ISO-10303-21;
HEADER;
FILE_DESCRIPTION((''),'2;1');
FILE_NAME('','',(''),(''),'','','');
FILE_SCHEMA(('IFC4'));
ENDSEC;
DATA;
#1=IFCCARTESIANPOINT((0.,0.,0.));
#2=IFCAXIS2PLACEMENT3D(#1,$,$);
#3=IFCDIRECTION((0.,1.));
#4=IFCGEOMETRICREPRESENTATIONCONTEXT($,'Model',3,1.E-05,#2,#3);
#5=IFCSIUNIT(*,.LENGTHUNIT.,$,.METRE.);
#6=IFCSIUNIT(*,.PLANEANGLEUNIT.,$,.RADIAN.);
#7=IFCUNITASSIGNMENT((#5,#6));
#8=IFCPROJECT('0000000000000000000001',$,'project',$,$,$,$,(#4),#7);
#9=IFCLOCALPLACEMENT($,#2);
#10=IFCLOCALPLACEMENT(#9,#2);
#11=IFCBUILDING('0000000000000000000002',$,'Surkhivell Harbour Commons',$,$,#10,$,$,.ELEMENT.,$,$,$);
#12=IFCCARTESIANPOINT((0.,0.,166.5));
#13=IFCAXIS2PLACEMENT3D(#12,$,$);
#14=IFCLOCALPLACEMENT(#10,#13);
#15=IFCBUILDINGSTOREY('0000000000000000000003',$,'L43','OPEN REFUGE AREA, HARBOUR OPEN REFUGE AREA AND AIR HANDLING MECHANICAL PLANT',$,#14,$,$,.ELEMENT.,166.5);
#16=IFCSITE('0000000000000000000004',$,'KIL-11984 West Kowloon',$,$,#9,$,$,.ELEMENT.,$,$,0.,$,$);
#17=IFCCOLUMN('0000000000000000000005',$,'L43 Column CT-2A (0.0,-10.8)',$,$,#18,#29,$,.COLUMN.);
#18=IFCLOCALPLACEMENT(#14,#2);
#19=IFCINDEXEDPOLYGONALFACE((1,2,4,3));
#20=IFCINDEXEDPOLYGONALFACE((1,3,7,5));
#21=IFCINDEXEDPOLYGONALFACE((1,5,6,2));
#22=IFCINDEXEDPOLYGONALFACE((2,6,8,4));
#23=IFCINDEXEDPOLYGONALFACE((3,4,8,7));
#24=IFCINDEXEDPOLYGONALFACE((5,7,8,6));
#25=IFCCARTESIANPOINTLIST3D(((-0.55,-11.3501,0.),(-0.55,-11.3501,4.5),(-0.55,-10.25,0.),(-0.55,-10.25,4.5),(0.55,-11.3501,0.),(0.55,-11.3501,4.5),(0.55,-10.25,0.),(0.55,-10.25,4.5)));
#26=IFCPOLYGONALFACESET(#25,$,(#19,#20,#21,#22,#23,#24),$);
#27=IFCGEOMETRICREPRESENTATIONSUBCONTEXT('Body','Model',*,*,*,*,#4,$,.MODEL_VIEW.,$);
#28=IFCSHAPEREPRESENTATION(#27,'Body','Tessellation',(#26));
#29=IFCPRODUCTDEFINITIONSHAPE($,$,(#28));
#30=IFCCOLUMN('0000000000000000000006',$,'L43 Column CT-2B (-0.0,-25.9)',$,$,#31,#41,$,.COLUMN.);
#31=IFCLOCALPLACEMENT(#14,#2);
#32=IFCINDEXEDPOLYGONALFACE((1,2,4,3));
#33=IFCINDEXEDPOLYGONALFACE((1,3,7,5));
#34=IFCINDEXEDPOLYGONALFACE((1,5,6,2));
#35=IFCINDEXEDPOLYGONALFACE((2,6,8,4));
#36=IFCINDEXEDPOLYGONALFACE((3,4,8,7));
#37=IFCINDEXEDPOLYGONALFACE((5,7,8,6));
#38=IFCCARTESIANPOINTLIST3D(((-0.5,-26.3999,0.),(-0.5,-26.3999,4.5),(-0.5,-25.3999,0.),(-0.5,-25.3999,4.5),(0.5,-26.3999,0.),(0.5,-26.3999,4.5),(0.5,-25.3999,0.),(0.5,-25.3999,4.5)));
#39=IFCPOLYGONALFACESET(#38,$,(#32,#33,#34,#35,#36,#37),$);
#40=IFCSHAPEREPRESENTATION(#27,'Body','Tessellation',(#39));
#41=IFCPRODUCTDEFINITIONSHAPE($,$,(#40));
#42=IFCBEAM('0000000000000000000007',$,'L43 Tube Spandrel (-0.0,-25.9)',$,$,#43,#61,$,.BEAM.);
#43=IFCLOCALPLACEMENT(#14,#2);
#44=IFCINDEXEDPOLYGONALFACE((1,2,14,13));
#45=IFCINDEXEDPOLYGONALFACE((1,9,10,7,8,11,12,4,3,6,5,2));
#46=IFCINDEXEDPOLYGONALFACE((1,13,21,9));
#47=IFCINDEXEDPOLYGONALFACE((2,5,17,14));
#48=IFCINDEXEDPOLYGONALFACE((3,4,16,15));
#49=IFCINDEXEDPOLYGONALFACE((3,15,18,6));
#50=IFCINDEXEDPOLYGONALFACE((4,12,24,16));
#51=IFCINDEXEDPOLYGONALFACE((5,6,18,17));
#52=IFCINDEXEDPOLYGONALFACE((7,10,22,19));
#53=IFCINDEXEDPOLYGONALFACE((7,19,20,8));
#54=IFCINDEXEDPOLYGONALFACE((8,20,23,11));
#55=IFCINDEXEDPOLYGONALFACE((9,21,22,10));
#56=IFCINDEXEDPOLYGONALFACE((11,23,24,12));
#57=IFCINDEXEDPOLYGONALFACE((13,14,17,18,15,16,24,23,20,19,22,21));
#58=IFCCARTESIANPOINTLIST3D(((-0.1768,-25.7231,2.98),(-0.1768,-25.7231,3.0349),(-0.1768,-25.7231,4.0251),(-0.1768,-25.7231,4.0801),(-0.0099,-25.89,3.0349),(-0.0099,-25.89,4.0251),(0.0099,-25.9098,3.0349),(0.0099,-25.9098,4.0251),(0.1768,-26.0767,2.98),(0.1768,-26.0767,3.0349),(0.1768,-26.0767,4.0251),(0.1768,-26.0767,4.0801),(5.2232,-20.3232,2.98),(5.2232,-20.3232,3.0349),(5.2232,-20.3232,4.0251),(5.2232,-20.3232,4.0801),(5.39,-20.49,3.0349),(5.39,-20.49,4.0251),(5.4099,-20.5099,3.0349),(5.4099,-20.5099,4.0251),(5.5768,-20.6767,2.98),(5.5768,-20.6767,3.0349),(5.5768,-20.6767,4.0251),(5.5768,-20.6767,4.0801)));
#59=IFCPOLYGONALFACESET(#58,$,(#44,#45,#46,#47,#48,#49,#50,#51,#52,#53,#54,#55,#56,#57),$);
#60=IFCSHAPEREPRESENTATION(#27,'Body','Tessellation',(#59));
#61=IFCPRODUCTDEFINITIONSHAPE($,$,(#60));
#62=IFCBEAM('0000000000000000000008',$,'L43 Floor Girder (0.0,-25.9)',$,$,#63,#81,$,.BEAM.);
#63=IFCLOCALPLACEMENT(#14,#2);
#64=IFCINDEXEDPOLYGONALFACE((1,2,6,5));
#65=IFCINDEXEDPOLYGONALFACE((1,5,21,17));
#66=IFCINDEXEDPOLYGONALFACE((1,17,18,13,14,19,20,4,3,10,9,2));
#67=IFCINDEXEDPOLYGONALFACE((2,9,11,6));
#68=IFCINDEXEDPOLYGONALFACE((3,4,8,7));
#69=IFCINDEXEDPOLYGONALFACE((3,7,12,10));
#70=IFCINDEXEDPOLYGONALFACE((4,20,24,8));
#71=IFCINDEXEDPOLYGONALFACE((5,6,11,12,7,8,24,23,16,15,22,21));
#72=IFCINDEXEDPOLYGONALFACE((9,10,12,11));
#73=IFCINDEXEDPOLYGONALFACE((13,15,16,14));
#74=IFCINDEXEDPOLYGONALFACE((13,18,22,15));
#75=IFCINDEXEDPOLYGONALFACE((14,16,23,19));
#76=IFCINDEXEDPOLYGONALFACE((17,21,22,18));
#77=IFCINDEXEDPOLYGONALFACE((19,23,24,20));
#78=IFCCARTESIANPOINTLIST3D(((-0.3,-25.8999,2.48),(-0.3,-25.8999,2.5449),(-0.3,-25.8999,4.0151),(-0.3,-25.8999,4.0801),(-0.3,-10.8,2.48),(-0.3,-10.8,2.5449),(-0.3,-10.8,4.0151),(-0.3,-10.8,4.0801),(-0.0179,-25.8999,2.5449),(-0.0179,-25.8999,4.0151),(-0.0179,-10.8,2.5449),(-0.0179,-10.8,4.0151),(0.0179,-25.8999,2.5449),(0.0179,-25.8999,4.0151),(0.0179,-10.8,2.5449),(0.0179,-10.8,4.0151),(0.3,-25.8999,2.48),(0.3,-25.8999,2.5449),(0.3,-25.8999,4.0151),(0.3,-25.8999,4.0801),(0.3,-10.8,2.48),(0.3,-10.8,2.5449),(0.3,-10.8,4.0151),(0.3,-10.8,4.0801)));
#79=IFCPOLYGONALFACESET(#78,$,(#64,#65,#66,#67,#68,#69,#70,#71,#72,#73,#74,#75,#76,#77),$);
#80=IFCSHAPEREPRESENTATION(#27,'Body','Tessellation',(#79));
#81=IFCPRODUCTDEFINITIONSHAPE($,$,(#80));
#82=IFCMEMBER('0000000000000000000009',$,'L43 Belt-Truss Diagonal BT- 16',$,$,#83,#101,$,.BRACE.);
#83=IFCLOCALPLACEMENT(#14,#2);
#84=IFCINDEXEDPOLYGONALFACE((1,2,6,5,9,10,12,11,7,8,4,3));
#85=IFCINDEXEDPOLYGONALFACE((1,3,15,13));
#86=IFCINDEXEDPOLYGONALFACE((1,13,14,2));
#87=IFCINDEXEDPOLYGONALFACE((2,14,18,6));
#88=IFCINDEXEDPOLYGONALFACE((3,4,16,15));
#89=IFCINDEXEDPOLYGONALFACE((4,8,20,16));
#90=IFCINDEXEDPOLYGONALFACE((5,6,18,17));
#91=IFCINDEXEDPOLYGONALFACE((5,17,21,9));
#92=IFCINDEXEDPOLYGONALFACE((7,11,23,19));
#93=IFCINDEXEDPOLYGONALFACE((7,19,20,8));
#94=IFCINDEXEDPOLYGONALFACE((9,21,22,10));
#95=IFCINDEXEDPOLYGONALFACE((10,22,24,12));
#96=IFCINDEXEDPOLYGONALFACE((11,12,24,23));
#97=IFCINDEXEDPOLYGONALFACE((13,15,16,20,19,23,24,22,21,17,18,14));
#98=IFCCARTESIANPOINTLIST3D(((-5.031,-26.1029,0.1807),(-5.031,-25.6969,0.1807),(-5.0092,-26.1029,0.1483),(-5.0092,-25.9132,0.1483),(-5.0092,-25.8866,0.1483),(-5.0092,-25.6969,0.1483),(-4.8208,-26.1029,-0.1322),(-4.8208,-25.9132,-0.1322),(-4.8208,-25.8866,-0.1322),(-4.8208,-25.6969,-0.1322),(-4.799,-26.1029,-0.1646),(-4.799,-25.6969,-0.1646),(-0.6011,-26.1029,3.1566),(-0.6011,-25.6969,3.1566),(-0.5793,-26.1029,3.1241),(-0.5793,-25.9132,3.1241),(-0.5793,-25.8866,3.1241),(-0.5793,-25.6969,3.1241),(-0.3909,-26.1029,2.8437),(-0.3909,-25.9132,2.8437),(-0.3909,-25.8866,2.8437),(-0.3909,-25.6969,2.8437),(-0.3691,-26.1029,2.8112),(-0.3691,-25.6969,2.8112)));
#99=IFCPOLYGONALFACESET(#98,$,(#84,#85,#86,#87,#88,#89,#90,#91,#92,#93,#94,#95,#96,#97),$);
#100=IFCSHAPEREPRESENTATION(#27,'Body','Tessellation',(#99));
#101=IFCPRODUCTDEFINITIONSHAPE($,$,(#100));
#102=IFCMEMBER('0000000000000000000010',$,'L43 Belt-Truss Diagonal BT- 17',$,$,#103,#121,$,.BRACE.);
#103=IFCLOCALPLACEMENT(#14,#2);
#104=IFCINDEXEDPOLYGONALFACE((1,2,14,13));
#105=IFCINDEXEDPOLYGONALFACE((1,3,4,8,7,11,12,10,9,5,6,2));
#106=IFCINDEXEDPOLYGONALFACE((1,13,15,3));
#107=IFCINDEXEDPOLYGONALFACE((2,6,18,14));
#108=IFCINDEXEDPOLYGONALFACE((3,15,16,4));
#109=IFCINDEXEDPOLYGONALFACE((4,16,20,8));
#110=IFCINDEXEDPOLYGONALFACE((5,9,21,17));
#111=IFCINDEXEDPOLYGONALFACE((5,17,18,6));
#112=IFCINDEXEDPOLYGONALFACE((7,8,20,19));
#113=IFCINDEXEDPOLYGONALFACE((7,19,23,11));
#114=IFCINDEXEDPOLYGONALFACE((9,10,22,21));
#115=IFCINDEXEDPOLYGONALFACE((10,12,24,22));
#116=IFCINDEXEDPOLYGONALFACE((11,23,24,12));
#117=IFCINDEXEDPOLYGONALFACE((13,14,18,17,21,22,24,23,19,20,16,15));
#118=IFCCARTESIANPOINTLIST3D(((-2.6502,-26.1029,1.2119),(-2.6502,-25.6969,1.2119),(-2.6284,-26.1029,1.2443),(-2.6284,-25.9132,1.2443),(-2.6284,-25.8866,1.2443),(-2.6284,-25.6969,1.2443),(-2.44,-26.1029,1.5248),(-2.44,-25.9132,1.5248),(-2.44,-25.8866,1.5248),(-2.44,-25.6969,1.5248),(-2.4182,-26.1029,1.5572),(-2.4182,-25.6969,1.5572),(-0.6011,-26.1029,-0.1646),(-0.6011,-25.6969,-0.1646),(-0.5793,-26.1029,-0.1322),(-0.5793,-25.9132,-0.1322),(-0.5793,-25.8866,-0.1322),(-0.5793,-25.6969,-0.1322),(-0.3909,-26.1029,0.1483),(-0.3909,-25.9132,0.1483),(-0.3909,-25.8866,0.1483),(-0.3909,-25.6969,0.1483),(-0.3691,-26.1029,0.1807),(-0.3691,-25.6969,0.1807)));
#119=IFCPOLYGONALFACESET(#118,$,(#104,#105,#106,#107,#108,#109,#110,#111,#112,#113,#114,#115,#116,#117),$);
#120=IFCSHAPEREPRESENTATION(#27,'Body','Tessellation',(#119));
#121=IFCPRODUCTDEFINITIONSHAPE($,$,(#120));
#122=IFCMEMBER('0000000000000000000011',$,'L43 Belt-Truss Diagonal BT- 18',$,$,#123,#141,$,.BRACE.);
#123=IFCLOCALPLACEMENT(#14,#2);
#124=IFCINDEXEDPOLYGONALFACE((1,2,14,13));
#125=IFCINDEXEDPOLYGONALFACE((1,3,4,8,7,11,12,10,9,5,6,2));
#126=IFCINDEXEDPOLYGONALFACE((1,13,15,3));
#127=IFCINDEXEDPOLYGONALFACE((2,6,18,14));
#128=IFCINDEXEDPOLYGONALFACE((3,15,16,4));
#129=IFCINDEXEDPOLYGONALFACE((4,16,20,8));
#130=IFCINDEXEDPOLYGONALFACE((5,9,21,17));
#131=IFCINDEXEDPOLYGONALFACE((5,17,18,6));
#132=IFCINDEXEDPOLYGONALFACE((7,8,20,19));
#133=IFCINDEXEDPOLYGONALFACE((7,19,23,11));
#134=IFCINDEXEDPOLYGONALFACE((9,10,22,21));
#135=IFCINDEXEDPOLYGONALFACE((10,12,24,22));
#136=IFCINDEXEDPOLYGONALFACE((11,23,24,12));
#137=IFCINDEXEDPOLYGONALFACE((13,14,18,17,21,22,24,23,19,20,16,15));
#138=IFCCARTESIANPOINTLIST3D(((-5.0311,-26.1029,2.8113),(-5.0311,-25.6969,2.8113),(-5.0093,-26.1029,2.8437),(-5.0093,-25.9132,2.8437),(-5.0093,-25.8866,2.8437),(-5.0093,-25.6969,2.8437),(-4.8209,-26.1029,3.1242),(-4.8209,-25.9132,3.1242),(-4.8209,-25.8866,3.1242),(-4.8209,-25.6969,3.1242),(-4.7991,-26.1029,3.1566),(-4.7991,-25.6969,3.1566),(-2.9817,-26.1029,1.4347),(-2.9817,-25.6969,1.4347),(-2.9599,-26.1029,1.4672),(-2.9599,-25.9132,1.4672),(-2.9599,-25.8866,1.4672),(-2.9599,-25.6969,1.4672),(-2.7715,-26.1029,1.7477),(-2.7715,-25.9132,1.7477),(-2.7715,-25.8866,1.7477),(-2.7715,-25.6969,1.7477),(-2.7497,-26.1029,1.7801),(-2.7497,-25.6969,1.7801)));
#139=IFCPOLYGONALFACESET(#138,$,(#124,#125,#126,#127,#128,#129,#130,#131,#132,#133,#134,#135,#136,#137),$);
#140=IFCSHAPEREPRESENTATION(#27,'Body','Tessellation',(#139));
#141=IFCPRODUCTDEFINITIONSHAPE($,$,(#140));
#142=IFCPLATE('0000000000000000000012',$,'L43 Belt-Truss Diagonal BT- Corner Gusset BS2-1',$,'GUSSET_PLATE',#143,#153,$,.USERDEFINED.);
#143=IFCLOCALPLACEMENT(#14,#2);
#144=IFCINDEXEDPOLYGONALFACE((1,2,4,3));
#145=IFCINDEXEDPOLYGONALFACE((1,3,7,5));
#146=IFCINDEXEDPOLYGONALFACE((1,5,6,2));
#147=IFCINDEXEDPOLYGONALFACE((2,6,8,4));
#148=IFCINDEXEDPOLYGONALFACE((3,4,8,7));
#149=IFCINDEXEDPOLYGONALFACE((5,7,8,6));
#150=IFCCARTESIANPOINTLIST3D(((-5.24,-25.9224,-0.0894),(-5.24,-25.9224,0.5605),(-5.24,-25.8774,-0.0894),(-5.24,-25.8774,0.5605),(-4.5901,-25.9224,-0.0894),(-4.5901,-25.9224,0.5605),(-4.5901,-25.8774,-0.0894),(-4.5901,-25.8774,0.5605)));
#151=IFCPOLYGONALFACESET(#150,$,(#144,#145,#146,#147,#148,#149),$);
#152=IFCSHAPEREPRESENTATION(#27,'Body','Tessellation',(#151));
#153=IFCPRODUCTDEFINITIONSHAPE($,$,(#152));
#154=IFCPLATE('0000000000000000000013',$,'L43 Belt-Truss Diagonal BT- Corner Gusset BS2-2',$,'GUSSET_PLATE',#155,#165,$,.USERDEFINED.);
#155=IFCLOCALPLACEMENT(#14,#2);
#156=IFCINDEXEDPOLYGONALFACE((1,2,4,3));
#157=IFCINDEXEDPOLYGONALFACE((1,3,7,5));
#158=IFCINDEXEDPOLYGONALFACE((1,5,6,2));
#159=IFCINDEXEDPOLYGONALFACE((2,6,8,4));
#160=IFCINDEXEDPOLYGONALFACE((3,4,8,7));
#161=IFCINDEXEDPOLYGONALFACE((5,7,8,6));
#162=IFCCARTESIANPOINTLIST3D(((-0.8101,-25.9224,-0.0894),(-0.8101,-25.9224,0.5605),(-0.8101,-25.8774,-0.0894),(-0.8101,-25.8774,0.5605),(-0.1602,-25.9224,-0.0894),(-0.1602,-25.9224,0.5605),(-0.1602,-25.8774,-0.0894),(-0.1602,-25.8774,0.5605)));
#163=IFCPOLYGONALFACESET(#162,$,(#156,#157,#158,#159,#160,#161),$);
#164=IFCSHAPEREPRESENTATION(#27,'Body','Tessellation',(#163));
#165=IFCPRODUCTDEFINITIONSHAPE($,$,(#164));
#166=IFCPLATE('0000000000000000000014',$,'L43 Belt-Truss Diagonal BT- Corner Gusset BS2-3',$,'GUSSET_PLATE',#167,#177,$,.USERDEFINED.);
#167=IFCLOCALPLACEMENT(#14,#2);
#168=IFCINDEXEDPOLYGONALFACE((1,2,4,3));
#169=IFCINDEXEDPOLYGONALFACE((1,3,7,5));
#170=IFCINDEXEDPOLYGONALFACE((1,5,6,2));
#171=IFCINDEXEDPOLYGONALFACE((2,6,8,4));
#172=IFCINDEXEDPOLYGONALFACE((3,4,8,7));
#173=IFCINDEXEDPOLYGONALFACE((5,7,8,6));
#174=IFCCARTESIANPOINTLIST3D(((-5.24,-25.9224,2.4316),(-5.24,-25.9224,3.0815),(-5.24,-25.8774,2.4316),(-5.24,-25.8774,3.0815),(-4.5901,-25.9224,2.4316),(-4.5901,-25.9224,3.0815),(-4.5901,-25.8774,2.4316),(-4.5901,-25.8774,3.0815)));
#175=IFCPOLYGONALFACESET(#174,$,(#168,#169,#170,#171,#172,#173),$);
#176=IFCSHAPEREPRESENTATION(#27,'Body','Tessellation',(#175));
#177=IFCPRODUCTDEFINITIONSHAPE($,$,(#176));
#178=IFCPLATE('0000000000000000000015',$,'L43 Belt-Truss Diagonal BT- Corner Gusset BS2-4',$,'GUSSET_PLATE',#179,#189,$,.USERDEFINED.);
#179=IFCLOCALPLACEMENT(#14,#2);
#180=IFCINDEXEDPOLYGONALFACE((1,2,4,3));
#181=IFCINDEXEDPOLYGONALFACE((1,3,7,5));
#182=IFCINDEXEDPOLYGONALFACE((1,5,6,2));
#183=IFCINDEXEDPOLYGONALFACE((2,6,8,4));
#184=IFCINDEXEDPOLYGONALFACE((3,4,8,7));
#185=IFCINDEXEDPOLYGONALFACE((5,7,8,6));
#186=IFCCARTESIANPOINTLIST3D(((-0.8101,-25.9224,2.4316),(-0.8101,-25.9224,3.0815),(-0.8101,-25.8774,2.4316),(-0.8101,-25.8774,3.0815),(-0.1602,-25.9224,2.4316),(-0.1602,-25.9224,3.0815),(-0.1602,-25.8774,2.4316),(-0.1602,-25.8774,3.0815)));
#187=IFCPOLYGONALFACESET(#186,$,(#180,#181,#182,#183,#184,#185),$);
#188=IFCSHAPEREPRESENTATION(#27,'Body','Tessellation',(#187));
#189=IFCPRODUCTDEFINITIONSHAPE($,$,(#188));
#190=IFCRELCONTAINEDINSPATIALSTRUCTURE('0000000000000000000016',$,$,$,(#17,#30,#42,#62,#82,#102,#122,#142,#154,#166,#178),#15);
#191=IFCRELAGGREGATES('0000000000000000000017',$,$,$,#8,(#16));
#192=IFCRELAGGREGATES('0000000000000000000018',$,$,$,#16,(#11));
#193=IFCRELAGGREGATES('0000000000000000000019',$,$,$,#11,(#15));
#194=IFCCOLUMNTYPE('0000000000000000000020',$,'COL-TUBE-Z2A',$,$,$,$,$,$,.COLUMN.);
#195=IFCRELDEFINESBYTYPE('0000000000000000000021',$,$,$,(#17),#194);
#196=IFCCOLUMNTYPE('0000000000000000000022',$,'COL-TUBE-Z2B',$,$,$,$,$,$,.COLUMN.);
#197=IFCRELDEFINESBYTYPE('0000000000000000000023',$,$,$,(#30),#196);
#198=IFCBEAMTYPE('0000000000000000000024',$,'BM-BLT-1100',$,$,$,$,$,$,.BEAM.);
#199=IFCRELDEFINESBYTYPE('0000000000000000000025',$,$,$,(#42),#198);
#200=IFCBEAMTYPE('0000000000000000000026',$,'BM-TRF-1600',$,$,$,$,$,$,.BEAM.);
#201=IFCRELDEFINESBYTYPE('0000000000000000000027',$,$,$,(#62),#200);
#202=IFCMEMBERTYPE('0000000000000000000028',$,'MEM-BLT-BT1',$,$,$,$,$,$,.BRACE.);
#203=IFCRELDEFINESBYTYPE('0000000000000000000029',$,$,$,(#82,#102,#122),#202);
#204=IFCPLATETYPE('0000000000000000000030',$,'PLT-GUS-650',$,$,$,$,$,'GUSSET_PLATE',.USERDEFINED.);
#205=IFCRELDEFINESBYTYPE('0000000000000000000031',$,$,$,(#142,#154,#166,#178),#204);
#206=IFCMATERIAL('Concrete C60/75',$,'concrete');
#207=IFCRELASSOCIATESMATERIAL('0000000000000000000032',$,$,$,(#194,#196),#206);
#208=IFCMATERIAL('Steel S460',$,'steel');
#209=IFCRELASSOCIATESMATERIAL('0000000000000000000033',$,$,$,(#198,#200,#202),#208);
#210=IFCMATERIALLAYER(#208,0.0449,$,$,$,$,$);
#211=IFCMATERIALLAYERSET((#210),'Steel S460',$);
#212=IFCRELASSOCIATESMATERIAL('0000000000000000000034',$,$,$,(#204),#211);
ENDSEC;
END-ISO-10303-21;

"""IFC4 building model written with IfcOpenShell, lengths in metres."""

from ifc_helpers import new_model, si_unit, direction, frame, origin, origin_2d, place, context, subcontext, project, spatial, rectangle, i_section, extrude, material, layer, layer_set, material_profile, profile_set, type_object, element, save


model = new_model("IFC4")

# Units and contexts
model_context = context("Model", 3, precision=1e-05, world=origin(), true_north=direction((0.0, 1.0)))
body_context = subcontext(model_context, "Body", "Model", "MODEL_VIEW")
ifc_project = project(units=[si_unit("LENGTHUNIT", "METRE"), si_unit("PLANEANGLEUNIT", "RADIAN")], contexts=[model_context])

# Site, building, storey
site_placement = place(None, origin())
site = spatial("IfcSite", under=ifc_project, at=site_placement, Name="KIL-11984 West Kowloon", CompositionType="ELEMENT", RefElevation=0.0)
building_placement = place(site_placement, origin())
building = spatial("IfcBuilding", under=site, at=building_placement, Name="Surkhivell Harbour Commons", CompositionType="ELEMENT")
storey_placement = place(building_placement, frame((0.0, 0.0, 166.5)))
storey = spatial("IfcBuildingStorey", under=building, at=storey_placement, Name="L43", Description="OPEN REFUGE AREA, HARBOUR OPEN REFUGE AREA AND AIR HANDLING MECHANICAL PLANT", CompositionType="ELEMENT", Elevation=166.5)

# Columns
ifc_material_1 = material(Name="Concrete C60/75", Category="concrete")
ifc_material_profile_1 = material_profile(ifc_material_1, rectangle(XDim=1.1001, YDim=1.1001, at=origin_2d()), Name="RC-COL-1100x1100")
ifc_profile_set_1 = profile_set([ifc_material_profile_1], Name="Concrete C60/75")
column_type_1 = type_object("IfcColumnType", Name="COL-TUBE-Z2A", PredefinedType="COLUMN", material=ifc_profile_set_1)
column_1_placement = place(storey_placement, frame((0.0, -10.8, 0.0), z_axis=(0.0, 0.0, 1.0), x_axis=(1.0, 0.0, 0.0)))
element("IfcColumn", 1, at=column_1_placement, inside=storey, type_object=column_type_1, Name="L43 Column CT-2A (0.0,-10.8)", PredefinedType="COLUMN", context=body_context, shape_type="SweptSolid", body=[
    extrude(rectangle(XDim=1.1001, YDim=1.1001, at=origin_2d()), origin(), (0.0, 0.0, 1.0), 4.5),
])
ifc_material_profile_2 = material_profile(ifc_material_1, rectangle(XDim=1.0, YDim=1.0, at=origin_2d()), Name="RC-COL-1000x1000")
ifc_profile_set_2 = profile_set([ifc_material_profile_2], Name="Concrete C60/75")
column_type_2 = type_object("IfcColumnType", Name="COL-TUBE-Z2B", PredefinedType="COLUMN", material=ifc_profile_set_2)
column_2_placement = place(storey_placement, frame((0.0, -25.8999, 0.0), z_axis=(0.0, 0.0, 1.0), x_axis=(1.0, 0.0, 0.0)))
element("IfcColumn", 2, at=column_2_placement, inside=storey, type_object=column_type_2, Name="L43 Column CT-2B (-0.0,-25.9)", PredefinedType="COLUMN", context=body_context, shape_type="SweptSolid", body=[
    extrude(rectangle(XDim=1.0, YDim=1.0, at=origin_2d()), origin(), (0.0, 0.0, 1.0), 4.5),
])

# Beams
ifc_material_2 = material(Name="Steel S460", Category="steel")
ifc_material_profile_3 = material_profile(ifc_material_2, i_section(OverallWidth=0.5, OverallDepth=1.1001, WebThickness=0.0281, FlangeThickness=0.0549, at=origin_2d()), Name="WPG1100x500x210")
ifc_profile_set_3 = profile_set([ifc_material_profile_3], Name="Steel S460")
beam_type_1 = type_object("IfcBeamType", Name="BM-BLT-1100", PredefinedType="BEAM", material=ifc_profile_set_3)
beam_1_placement = place(storey_placement, frame((0.0, -25.8999, 3.53), z_axis=(0.707107, 0.707107, 0.0), x_axis=(-0.707107, 0.707107, 0.0)))
element("IfcBeam", 3, at=beam_1_placement, inside=storey, type_object=beam_type_1, Name="L43 Tube Spandrel (-0.0,-25.9)", PredefinedType="BEAM", context=body_context, shape_type="SweptSolid", body=[
    extrude(i_section(OverallWidth=0.5, OverallDepth=1.1001, WebThickness=0.0281, FlangeThickness=0.0549, at=origin_2d()), origin(), (0.0, 0.0, 1.0), 7.6367),
])
ifc_material_profile_4 = material_profile(ifc_material_2, i_section(OverallWidth=0.6001, OverallDepth=1.6001, WebThickness=0.0359, FlangeThickness=0.0649, at=origin_2d()), Name="WPG1600x600x296")
ifc_profile_set_4 = profile_set([ifc_material_profile_4], Name="Steel S460")
beam_type_2 = type_object("IfcBeamType", Name="BM-TRF-1600", PredefinedType="BEAM", material=ifc_profile_set_4)
beam_2_placement = place(storey_placement, frame((0.0, -25.8999, 3.28), z_axis=(0.0, 1.0, 0.0), x_axis=(-1.0, 0.0, 0.0)))
element("IfcBeam", 4, at=beam_2_placement, inside=storey, type_object=beam_type_2, Name="L43 Floor Girder (0.0,-25.9)", PredefinedType="BEAM", context=body_context, shape_type="SweptSolid", body=[
    extrude(i_section(OverallWidth=0.6001, OverallDepth=1.6001, WebThickness=0.0359, FlangeThickness=0.0649, at=origin_2d()), origin(), (0.0, 0.0, 1.0), 15.0999),
])

# Members
ifc_material_profile_5 = material_profile(ifc_material_2, i_section(OverallWidth=0.406, OverallDepth=0.416, WebThickness=0.0266, FlangeThickness=0.0391, at=origin_2d()), Name="HD400x382")
ifc_profile_set_5 = profile_set([ifc_material_profile_5], Name="Steel S460")
member_type = type_object("IfcMemberType", Name="MEM-BLT-BT1", PredefinedType="BRACE", material=ifc_profile_set_5)
member_1_placement = place(storey_placement, frame((-4.915, -25.8999, 0.0081), z_axis=(0.830096, 0.0, 0.557621), x_axis=(0.0, 1.0, 0.0)))
element("IfcMember", 5, at=member_1_placement, inside=storey, type_object=member_type, Name="L43 Belt-Truss Diagonal BT- 16", PredefinedType="BRACE", context=body_context, shape_type="SweptSolid", body=[
    extrude(i_section(OverallWidth=0.406, OverallDepth=0.416, WebThickness=0.0266, FlangeThickness=0.0391, at=origin_2d()), origin(), (0.0, 0.0, 1.0), 5.3367),
])
member_2_placement = place(storey_placement, frame((-0.4851, -25.8999, 0.0081), z_axis=(-0.830098, 0.0, 0.557618), x_axis=(0.0, -1.0, 0.0)))
element("IfcMember", 6, at=member_2_placement, inside=storey, type_object=member_type, Name="L43 Belt-Truss Diagonal BT- 17", PredefinedType="BRACE", context=body_context, shape_type="SweptSolid", body=[
    extrude(i_section(OverallWidth=0.406, OverallDepth=0.416, WebThickness=0.0266, FlangeThickness=0.0391, at=origin_2d()), origin(), (0.0, 0.0, 1.0), 2.4685),
])
member_3_placement = place(storey_placement, frame((-2.8657, -25.8999, 1.6074), z_axis=(-0.830128, 0.0, 0.557572), x_axis=(0.0, -1.0, 0.0)))
element("IfcMember", 7, at=member_3_placement, inside=storey, type_object=member_type, Name="L43 Belt-Truss Diagonal BT- 18", PredefinedType="BRACE", context=body_context, shape_type="SweptSolid", body=[
    extrude(i_section(OverallWidth=0.406, OverallDepth=0.416, WebThickness=0.0266, FlangeThickness=0.0391, at=origin_2d()), origin(), (0.0, 0.0, 1.0), 2.4688),
])

# Plates
ifc_layer_1 = layer(ifc_material_2, 0.0449)
ifc_layer_set_1 = layer_set([ifc_layer_1], Name="Steel S460")
plate_type = type_object("IfcPlateType", Name="PLT-GUS-650", ElementType="GUSSET_PLATE", PredefinedType="USERDEFINED", material=ifc_layer_set_1)
for number, where, z_axis, x_axis, name in (
    (8, (-4.915, -25.8999, -0.0894), (0.0, 0.0, 1.0), (1.0, 0.0, 0.0), "L43 Belt-Truss Diagonal BT- Corner Gusset BS2-1"),
    (9, (-0.4851, -25.8999, -0.0894), (0.0, 0.0, 1.0), (1.0, 0.0, 0.0), "L43 Belt-Truss Diagonal BT- Corner Gusset BS2-2"),
    (10, (-4.915, -25.8999, 2.4316), (0.0, 0.0, 1.0), (1.0, 0.0, 0.0), "L43 Belt-Truss Diagonal BT- Corner Gusset BS2-3"),
    (11, (-0.4851, -25.8999, 2.4316), (0.0, 0.0, 1.0), (1.0, 0.0, 0.0), "L43 Belt-Truss Diagonal BT- Corner Gusset BS2-4"),
):
    element("IfcPlate", number, at=place(storey_placement, frame(where, z_axis=z_axis, x_axis=x_axis)), inside=storey, type_object=plate_type, Name=name, ObjectType="GUSSET_PLATE", PredefinedType="USERDEFINED", context=body_context, shape_type="SweptSolid", body=[
        extrude(rectangle(XDim=0.6499, YDim=0.0449, at=origin_2d()), origin(), (0.0, 0.0, 1.0), 0.6499),
    ])

save(model, "model.ifc")
